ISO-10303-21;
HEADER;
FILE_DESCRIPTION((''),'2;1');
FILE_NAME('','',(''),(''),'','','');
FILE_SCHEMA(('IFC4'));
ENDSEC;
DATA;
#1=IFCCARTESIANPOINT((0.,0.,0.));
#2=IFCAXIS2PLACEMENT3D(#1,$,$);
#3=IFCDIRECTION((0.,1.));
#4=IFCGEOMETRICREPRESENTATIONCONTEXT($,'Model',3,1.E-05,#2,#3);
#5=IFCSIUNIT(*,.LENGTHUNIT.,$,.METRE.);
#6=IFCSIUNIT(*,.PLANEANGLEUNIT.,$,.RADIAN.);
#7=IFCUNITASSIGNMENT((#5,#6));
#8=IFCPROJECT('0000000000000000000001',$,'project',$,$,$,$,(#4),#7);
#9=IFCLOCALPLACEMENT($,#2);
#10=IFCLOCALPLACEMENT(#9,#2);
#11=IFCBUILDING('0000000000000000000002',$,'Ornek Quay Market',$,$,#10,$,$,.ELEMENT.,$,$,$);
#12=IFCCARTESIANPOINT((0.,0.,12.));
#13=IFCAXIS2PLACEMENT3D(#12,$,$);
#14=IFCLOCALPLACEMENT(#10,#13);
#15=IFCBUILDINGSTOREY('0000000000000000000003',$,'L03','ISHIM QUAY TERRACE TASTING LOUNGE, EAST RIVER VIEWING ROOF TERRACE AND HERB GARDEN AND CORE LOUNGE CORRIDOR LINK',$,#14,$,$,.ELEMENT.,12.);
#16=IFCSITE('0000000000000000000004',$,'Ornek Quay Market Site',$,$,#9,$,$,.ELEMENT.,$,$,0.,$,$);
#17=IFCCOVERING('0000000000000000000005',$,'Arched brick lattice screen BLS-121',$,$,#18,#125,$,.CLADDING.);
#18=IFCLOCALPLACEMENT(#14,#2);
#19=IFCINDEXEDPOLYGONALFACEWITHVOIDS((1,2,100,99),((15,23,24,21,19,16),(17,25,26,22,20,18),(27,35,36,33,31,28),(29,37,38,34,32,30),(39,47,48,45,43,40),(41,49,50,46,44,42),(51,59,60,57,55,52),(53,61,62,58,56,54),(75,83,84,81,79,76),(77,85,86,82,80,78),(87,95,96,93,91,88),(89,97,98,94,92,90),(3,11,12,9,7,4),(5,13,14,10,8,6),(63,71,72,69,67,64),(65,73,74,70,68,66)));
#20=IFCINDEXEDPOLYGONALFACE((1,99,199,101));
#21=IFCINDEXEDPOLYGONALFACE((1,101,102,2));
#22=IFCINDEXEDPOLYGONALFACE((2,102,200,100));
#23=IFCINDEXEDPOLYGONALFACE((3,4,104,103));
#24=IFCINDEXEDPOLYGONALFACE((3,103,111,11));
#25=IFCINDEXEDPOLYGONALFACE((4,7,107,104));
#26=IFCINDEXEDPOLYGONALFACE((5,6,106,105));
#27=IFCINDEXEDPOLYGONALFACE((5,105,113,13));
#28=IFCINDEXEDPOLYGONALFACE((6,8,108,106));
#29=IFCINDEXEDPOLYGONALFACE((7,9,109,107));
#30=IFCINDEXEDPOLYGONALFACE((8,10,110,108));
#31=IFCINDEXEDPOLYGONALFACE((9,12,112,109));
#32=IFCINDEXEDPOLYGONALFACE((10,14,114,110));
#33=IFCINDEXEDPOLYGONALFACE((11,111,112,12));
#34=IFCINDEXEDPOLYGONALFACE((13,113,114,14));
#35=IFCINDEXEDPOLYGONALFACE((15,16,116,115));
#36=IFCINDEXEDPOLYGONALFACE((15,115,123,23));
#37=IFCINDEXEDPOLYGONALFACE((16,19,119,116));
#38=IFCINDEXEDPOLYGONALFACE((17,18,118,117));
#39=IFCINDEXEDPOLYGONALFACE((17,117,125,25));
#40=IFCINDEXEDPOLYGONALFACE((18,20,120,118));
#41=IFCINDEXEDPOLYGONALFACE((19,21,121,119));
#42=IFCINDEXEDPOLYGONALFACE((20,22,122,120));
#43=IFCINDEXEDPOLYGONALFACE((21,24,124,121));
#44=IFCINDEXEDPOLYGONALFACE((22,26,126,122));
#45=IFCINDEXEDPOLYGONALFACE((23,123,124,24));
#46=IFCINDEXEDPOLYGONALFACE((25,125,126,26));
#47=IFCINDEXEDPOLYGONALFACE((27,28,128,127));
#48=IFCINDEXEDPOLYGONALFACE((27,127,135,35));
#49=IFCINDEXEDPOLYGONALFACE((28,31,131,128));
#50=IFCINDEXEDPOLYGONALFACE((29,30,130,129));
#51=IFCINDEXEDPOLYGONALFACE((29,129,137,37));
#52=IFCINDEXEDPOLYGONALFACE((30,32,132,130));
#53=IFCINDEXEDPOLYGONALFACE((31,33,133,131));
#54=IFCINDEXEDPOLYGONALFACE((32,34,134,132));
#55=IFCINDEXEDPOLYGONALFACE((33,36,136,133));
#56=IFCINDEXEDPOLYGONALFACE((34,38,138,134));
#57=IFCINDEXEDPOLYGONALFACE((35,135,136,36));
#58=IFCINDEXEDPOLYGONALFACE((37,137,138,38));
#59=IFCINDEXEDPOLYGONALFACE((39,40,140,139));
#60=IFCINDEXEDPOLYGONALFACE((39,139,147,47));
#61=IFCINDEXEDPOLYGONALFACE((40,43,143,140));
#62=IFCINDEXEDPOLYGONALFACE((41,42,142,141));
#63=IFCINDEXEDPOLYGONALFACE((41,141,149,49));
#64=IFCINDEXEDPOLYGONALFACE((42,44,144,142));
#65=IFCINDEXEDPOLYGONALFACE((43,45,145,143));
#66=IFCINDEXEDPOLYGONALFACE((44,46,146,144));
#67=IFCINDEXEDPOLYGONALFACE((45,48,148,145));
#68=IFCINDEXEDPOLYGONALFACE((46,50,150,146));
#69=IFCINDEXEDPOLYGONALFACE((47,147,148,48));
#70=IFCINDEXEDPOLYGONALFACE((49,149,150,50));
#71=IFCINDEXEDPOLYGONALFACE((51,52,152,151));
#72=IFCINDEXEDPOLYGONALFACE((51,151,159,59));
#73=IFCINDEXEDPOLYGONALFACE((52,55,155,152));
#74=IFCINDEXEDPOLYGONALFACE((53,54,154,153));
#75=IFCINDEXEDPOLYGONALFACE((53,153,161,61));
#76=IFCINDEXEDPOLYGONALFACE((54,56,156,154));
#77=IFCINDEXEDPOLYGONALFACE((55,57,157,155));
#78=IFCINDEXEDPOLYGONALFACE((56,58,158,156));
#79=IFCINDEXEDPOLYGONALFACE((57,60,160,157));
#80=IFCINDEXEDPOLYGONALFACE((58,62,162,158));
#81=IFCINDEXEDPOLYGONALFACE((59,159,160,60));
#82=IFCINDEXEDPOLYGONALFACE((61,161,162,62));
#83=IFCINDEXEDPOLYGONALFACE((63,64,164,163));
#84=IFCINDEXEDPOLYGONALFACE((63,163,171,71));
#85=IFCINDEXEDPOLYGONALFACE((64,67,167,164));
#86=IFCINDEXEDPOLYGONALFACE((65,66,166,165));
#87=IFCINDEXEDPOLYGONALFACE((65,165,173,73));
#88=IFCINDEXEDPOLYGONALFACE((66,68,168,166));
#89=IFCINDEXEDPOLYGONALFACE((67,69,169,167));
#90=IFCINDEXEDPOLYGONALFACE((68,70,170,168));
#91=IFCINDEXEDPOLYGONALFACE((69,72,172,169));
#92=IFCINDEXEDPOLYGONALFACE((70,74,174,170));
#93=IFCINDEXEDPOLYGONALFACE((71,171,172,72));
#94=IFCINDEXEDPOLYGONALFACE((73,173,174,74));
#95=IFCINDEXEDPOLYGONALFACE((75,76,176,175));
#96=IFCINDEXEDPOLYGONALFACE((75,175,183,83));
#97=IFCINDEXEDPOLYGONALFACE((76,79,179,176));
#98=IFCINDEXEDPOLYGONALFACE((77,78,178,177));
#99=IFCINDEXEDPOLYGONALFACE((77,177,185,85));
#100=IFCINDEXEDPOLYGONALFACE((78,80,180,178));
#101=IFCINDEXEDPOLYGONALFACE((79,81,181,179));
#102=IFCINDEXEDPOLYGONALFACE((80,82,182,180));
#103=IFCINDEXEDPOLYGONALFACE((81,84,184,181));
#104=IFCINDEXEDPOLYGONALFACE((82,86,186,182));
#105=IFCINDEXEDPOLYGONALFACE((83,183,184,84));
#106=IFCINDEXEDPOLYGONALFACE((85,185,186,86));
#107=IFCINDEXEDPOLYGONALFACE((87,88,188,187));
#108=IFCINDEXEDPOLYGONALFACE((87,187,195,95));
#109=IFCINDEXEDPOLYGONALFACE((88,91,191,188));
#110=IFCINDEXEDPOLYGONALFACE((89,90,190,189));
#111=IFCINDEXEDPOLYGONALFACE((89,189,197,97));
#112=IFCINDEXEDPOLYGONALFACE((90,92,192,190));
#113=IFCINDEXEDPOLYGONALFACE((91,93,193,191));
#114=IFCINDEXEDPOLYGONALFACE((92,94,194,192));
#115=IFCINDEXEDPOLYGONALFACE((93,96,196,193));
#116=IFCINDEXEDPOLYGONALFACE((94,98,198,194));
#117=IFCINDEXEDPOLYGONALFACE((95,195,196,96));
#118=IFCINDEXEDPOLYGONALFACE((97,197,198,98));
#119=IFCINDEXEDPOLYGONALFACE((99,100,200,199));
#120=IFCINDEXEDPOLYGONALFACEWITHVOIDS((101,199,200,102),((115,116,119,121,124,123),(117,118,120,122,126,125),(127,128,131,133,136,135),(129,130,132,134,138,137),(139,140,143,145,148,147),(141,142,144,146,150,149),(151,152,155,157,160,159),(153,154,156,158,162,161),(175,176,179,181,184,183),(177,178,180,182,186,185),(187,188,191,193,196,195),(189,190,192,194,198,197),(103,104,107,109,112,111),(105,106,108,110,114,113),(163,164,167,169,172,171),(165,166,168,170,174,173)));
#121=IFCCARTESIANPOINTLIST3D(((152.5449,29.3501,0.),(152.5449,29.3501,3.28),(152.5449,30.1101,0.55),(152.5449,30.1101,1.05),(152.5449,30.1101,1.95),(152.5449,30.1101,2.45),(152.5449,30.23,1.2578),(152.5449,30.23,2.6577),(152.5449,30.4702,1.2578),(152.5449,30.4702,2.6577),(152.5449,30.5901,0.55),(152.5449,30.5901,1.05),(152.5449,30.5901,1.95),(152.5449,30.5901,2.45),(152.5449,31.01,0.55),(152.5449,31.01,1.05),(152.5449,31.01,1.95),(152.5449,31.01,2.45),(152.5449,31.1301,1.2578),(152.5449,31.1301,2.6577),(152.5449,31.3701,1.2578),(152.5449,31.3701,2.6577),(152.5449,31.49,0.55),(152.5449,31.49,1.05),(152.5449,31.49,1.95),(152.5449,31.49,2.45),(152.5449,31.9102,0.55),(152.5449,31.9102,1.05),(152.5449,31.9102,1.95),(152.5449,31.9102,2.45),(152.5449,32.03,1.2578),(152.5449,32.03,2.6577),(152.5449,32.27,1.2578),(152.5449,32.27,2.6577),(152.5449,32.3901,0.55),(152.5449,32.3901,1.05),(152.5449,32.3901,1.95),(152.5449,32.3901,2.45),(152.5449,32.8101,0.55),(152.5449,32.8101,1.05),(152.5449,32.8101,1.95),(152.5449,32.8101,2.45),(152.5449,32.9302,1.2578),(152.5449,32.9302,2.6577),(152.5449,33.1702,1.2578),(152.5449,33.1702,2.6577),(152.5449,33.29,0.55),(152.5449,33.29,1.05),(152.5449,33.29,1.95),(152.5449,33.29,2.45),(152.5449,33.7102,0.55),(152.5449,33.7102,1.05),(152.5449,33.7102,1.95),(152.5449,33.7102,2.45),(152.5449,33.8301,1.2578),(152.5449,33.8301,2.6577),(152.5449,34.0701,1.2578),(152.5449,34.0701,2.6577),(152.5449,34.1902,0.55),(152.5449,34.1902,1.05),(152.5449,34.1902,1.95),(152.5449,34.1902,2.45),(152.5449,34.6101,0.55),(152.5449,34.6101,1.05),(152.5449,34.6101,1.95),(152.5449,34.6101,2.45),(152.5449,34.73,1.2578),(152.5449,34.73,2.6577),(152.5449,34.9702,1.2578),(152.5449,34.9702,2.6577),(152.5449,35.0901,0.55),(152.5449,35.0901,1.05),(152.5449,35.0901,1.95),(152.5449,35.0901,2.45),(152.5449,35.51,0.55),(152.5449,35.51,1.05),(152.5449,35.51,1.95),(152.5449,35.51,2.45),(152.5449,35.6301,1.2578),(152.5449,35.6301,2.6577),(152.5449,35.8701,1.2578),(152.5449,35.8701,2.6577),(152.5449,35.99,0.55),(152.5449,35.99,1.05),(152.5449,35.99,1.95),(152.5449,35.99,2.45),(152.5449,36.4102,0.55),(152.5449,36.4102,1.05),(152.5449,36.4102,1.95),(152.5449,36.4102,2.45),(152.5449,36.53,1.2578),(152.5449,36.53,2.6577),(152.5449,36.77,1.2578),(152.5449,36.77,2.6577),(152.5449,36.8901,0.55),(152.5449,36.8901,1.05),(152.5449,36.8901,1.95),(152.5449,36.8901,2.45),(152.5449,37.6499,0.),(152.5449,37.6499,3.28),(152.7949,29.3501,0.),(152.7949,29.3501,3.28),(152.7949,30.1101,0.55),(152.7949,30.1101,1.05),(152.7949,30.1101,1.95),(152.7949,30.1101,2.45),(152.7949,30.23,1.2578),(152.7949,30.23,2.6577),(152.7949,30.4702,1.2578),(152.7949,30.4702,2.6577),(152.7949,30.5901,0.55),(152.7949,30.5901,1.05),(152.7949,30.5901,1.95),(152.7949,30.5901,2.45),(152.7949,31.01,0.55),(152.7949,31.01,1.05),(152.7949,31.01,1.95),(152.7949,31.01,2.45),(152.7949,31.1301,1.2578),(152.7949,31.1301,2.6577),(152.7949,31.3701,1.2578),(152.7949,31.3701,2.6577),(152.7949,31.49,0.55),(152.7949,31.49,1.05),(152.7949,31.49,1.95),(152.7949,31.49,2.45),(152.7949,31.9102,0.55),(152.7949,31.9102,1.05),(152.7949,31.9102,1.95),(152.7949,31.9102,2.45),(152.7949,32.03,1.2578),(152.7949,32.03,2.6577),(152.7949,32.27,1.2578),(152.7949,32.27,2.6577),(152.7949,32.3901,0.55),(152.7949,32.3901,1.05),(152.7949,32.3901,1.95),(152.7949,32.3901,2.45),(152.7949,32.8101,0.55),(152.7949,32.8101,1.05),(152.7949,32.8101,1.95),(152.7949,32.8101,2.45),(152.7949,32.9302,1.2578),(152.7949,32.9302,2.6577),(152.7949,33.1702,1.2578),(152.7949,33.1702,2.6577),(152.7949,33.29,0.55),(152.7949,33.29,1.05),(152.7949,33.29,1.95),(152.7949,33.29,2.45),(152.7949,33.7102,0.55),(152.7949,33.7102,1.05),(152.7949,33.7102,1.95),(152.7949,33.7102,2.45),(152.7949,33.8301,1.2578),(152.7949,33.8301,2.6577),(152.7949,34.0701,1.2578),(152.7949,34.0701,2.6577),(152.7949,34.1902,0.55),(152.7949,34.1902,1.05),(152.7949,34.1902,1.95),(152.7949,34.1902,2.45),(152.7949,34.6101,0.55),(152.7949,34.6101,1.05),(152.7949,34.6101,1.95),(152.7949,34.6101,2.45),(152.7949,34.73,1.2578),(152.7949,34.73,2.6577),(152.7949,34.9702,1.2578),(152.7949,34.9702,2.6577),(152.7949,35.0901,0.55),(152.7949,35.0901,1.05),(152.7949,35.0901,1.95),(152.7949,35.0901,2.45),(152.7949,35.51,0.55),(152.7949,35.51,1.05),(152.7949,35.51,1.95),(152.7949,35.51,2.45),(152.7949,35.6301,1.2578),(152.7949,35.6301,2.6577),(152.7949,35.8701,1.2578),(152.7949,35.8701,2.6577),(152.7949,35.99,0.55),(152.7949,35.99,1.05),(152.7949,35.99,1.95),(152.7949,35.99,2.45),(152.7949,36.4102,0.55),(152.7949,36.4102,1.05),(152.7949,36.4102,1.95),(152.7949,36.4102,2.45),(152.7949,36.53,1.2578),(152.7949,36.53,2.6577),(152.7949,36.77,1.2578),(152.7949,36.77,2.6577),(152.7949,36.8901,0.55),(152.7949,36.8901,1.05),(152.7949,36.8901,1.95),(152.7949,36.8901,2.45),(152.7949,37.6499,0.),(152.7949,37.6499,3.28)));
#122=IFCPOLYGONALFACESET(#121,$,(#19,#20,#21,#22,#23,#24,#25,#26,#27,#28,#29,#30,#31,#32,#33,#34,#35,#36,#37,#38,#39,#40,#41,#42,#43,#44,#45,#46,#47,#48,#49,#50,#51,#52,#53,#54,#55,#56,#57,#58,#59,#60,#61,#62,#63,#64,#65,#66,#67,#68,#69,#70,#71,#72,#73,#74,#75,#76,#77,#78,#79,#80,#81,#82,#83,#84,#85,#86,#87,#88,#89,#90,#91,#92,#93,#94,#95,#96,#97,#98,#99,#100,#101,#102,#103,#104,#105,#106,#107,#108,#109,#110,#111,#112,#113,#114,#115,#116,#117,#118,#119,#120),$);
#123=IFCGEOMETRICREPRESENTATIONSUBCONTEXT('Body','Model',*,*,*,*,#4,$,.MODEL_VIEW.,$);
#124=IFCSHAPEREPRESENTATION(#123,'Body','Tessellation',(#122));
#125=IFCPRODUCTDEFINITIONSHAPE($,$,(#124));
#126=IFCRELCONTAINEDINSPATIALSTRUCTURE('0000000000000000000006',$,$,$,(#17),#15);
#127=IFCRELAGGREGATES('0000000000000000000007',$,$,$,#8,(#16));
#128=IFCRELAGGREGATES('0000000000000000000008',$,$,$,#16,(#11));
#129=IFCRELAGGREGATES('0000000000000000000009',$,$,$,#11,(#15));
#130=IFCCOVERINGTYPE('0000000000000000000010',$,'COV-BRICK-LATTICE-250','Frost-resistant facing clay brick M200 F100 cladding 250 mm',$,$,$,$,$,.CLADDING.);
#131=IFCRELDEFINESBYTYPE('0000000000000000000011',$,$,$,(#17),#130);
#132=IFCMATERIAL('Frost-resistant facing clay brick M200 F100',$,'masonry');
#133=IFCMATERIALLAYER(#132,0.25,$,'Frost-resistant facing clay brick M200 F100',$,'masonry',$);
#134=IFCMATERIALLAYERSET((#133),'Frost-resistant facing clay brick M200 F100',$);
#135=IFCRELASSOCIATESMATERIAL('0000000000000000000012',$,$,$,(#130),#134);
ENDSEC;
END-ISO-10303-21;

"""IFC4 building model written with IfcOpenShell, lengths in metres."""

from ifc_helpers import new_model, si_unit, direction, frame, origin, place, context, subcontext, project, spatial, polyline, outline, extrude, material, layer, layer_set, type_object, element, save


model = new_model("IFC4")

# Units and contexts
model_context = context("Model", 3, precision=1e-05, world=origin(), true_north=direction((0.0, 1.0)))
body_context = subcontext(model_context, "Body", "Model", "MODEL_VIEW")
ifc_project = project(units=[si_unit("LENGTHUNIT", "METRE"), si_unit("PLANEANGLEUNIT", "RADIAN")], contexts=[model_context])

# Site, building, storey
site_placement = place(None, origin())
site = spatial("IfcSite", under=ifc_project, at=site_placement, Name="Ornek Quay Market Site", CompositionType="ELEMENT", RefElevation=0.0)
building_placement = place(site_placement, origin())
building = spatial("IfcBuilding", under=site, at=building_placement, Name="Ornek Quay Market", CompositionType="ELEMENT")
storey_placement = place(building_placement, frame((0.0, 0.0, 12.0)))
storey = spatial("IfcBuildingStorey", under=building, at=storey_placement, Name="L03", Description="ISHIM QUAY TERRACE TASTING LOUNGE, EAST RIVER VIEWING ROOF TERRACE AND HERB GARDEN AND CORE LOUNGE CORRIDOR LINK", CompositionType="ELEMENT", Elevation=12.0)

# Shared definitions
ifc_material_1 = material(Name="Frost-resistant facing clay brick M200 F100", Category="masonry")

# Covering
ifc_layer_1 = layer(ifc_material_1, 0.25, Name="Frost-resistant facing clay brick M200 F100", Category="masonry")
ifc_layer_set_1 = layer_set([ifc_layer_1], Name="Frost-resistant facing clay brick M200 F100")
covering_type = type_object("IfcCoveringType", Name="COV-BRICK-LATTICE-250", Description="Frost-resistant facing clay brick M200 F100 cladding 250 mm", PredefinedType="CLADDING", material=ifc_layer_set_1)
covering_1_placement = place(storey_placement, frame((152.6699, 29.3501, 0.0), z_axis=(0.0, 0.0, 1.0), x_axis=(0.0, 1.0, 0.0)))
element("IfcCovering", 1, at=covering_1_placement, inside=storey, type_object=covering_type, Name="Arched brick lattice screen BLS-121", PredefinedType="CLADDING", context=body_context, shape_type="SweptSolid", body=[
    extrude(outline(polyline([(0.0, 0.0), (8.2998, 0.0), (8.2998, 3.28), (0.0, 3.28), (0.0, 0.0)]), holes=[polyline([(0.76, 0.55), (1.24, 0.55), (1.24, 1.05), (1.1201, 1.2578), (0.8799, 1.2578), (0.76, 1.05), (0.76, 0.55)]), polyline([(0.76, 1.95), (1.24, 1.95), (1.24, 2.45), (1.1201, 2.6577), (0.8799, 2.6577), (0.76, 2.45), (0.76, 1.95)]), polyline([(1.6599, 0.55), (2.1399, 0.55), (2.1399, 1.05), (2.02, 1.2578), (1.78, 1.2578), (1.6599, 1.05), (1.6599, 0.55)]), polyline([(1.6599, 1.95), (2.1399, 1.95), (2.1399, 2.45), (2.02, 2.6577), (1.78, 2.6577), (1.6599, 2.45), (1.6599, 1.95)]), polyline([(2.5601, 0.55), (3.04, 0.55), (3.04, 1.05), (2.9199, 1.2578), (2.6799, 1.2578), (2.5601, 1.05), (2.5601, 0.55)]), polyline([(2.5601, 1.95), (3.04, 1.95), (3.04, 2.45), (2.9199, 2.6577), (2.6799, 2.6577), (2.5601, 2.45), (2.5601, 1.95)]), polyline([(3.46, 0.55), (3.9399, 0.55), (3.9399, 1.05), (3.8201, 1.2578), (3.5801, 1.2578), (3.46, 1.05), (3.46, 0.55)]), polyline([(3.46, 1.95), (3.9399, 1.95), (3.9399, 2.45), (3.8201, 2.6577), (3.5801, 2.6577), (3.46, 2.45), (3.46, 1.95)]), polyline([(4.3601, 0.55), (4.8401, 0.55), (4.8401, 1.05), (4.72, 1.2578), (4.48, 1.2578), (4.3601, 1.05), (4.3601, 0.55)]), polyline([(4.3601, 1.95), (4.8401, 1.95), (4.8401, 2.45), (4.72, 2.6577), (4.48, 2.6577), (4.3601, 2.45), (4.3601, 1.95)]), polyline([(5.26, 0.55), (5.74, 0.55), (5.74, 1.05), (5.6201, 1.2578), (5.3799, 1.2578), (5.26, 1.05), (5.26, 0.55)]), polyline([(5.26, 1.95), (5.74, 1.95), (5.74, 2.45), (5.6201, 2.6577), (5.3799, 2.6577), (5.26, 2.45), (5.26, 1.95)]), polyline([(6.1599, 0.55), (6.6399, 0.55), (6.6399, 1.05), (6.52, 1.2578), (6.28, 1.2578), (6.1599, 1.05), (6.1599, 0.55)]), polyline([(6.1599, 1.95), (6.6399, 1.95), (6.6399, 2.45), (6.52, 2.6577), (6.28, 2.6577), (6.1599, 2.45), (6.1599, 1.95)]), polyline([(7.0601, 0.55), (7.54, 0.55), (7.54, 1.05), (7.4199, 1.2578), (7.1799, 1.2578), (7.0601, 1.05), (7.0601, 0.55)]), polyline([(7.0601, 1.95), (7.54, 1.95), (7.54, 2.45), (7.4199, 2.6577), (7.1799, 2.6577), (7.0601, 2.45), (7.0601, 1.95)])]), frame((0.0, 0.125, 0.0), z_axis=(0.0, -1.0, 0.0), x_axis=(1.0, 0.0, 0.0)), (0.0, 0.0, 1.0), 0.25),
])

save(model, "model.ifc")
